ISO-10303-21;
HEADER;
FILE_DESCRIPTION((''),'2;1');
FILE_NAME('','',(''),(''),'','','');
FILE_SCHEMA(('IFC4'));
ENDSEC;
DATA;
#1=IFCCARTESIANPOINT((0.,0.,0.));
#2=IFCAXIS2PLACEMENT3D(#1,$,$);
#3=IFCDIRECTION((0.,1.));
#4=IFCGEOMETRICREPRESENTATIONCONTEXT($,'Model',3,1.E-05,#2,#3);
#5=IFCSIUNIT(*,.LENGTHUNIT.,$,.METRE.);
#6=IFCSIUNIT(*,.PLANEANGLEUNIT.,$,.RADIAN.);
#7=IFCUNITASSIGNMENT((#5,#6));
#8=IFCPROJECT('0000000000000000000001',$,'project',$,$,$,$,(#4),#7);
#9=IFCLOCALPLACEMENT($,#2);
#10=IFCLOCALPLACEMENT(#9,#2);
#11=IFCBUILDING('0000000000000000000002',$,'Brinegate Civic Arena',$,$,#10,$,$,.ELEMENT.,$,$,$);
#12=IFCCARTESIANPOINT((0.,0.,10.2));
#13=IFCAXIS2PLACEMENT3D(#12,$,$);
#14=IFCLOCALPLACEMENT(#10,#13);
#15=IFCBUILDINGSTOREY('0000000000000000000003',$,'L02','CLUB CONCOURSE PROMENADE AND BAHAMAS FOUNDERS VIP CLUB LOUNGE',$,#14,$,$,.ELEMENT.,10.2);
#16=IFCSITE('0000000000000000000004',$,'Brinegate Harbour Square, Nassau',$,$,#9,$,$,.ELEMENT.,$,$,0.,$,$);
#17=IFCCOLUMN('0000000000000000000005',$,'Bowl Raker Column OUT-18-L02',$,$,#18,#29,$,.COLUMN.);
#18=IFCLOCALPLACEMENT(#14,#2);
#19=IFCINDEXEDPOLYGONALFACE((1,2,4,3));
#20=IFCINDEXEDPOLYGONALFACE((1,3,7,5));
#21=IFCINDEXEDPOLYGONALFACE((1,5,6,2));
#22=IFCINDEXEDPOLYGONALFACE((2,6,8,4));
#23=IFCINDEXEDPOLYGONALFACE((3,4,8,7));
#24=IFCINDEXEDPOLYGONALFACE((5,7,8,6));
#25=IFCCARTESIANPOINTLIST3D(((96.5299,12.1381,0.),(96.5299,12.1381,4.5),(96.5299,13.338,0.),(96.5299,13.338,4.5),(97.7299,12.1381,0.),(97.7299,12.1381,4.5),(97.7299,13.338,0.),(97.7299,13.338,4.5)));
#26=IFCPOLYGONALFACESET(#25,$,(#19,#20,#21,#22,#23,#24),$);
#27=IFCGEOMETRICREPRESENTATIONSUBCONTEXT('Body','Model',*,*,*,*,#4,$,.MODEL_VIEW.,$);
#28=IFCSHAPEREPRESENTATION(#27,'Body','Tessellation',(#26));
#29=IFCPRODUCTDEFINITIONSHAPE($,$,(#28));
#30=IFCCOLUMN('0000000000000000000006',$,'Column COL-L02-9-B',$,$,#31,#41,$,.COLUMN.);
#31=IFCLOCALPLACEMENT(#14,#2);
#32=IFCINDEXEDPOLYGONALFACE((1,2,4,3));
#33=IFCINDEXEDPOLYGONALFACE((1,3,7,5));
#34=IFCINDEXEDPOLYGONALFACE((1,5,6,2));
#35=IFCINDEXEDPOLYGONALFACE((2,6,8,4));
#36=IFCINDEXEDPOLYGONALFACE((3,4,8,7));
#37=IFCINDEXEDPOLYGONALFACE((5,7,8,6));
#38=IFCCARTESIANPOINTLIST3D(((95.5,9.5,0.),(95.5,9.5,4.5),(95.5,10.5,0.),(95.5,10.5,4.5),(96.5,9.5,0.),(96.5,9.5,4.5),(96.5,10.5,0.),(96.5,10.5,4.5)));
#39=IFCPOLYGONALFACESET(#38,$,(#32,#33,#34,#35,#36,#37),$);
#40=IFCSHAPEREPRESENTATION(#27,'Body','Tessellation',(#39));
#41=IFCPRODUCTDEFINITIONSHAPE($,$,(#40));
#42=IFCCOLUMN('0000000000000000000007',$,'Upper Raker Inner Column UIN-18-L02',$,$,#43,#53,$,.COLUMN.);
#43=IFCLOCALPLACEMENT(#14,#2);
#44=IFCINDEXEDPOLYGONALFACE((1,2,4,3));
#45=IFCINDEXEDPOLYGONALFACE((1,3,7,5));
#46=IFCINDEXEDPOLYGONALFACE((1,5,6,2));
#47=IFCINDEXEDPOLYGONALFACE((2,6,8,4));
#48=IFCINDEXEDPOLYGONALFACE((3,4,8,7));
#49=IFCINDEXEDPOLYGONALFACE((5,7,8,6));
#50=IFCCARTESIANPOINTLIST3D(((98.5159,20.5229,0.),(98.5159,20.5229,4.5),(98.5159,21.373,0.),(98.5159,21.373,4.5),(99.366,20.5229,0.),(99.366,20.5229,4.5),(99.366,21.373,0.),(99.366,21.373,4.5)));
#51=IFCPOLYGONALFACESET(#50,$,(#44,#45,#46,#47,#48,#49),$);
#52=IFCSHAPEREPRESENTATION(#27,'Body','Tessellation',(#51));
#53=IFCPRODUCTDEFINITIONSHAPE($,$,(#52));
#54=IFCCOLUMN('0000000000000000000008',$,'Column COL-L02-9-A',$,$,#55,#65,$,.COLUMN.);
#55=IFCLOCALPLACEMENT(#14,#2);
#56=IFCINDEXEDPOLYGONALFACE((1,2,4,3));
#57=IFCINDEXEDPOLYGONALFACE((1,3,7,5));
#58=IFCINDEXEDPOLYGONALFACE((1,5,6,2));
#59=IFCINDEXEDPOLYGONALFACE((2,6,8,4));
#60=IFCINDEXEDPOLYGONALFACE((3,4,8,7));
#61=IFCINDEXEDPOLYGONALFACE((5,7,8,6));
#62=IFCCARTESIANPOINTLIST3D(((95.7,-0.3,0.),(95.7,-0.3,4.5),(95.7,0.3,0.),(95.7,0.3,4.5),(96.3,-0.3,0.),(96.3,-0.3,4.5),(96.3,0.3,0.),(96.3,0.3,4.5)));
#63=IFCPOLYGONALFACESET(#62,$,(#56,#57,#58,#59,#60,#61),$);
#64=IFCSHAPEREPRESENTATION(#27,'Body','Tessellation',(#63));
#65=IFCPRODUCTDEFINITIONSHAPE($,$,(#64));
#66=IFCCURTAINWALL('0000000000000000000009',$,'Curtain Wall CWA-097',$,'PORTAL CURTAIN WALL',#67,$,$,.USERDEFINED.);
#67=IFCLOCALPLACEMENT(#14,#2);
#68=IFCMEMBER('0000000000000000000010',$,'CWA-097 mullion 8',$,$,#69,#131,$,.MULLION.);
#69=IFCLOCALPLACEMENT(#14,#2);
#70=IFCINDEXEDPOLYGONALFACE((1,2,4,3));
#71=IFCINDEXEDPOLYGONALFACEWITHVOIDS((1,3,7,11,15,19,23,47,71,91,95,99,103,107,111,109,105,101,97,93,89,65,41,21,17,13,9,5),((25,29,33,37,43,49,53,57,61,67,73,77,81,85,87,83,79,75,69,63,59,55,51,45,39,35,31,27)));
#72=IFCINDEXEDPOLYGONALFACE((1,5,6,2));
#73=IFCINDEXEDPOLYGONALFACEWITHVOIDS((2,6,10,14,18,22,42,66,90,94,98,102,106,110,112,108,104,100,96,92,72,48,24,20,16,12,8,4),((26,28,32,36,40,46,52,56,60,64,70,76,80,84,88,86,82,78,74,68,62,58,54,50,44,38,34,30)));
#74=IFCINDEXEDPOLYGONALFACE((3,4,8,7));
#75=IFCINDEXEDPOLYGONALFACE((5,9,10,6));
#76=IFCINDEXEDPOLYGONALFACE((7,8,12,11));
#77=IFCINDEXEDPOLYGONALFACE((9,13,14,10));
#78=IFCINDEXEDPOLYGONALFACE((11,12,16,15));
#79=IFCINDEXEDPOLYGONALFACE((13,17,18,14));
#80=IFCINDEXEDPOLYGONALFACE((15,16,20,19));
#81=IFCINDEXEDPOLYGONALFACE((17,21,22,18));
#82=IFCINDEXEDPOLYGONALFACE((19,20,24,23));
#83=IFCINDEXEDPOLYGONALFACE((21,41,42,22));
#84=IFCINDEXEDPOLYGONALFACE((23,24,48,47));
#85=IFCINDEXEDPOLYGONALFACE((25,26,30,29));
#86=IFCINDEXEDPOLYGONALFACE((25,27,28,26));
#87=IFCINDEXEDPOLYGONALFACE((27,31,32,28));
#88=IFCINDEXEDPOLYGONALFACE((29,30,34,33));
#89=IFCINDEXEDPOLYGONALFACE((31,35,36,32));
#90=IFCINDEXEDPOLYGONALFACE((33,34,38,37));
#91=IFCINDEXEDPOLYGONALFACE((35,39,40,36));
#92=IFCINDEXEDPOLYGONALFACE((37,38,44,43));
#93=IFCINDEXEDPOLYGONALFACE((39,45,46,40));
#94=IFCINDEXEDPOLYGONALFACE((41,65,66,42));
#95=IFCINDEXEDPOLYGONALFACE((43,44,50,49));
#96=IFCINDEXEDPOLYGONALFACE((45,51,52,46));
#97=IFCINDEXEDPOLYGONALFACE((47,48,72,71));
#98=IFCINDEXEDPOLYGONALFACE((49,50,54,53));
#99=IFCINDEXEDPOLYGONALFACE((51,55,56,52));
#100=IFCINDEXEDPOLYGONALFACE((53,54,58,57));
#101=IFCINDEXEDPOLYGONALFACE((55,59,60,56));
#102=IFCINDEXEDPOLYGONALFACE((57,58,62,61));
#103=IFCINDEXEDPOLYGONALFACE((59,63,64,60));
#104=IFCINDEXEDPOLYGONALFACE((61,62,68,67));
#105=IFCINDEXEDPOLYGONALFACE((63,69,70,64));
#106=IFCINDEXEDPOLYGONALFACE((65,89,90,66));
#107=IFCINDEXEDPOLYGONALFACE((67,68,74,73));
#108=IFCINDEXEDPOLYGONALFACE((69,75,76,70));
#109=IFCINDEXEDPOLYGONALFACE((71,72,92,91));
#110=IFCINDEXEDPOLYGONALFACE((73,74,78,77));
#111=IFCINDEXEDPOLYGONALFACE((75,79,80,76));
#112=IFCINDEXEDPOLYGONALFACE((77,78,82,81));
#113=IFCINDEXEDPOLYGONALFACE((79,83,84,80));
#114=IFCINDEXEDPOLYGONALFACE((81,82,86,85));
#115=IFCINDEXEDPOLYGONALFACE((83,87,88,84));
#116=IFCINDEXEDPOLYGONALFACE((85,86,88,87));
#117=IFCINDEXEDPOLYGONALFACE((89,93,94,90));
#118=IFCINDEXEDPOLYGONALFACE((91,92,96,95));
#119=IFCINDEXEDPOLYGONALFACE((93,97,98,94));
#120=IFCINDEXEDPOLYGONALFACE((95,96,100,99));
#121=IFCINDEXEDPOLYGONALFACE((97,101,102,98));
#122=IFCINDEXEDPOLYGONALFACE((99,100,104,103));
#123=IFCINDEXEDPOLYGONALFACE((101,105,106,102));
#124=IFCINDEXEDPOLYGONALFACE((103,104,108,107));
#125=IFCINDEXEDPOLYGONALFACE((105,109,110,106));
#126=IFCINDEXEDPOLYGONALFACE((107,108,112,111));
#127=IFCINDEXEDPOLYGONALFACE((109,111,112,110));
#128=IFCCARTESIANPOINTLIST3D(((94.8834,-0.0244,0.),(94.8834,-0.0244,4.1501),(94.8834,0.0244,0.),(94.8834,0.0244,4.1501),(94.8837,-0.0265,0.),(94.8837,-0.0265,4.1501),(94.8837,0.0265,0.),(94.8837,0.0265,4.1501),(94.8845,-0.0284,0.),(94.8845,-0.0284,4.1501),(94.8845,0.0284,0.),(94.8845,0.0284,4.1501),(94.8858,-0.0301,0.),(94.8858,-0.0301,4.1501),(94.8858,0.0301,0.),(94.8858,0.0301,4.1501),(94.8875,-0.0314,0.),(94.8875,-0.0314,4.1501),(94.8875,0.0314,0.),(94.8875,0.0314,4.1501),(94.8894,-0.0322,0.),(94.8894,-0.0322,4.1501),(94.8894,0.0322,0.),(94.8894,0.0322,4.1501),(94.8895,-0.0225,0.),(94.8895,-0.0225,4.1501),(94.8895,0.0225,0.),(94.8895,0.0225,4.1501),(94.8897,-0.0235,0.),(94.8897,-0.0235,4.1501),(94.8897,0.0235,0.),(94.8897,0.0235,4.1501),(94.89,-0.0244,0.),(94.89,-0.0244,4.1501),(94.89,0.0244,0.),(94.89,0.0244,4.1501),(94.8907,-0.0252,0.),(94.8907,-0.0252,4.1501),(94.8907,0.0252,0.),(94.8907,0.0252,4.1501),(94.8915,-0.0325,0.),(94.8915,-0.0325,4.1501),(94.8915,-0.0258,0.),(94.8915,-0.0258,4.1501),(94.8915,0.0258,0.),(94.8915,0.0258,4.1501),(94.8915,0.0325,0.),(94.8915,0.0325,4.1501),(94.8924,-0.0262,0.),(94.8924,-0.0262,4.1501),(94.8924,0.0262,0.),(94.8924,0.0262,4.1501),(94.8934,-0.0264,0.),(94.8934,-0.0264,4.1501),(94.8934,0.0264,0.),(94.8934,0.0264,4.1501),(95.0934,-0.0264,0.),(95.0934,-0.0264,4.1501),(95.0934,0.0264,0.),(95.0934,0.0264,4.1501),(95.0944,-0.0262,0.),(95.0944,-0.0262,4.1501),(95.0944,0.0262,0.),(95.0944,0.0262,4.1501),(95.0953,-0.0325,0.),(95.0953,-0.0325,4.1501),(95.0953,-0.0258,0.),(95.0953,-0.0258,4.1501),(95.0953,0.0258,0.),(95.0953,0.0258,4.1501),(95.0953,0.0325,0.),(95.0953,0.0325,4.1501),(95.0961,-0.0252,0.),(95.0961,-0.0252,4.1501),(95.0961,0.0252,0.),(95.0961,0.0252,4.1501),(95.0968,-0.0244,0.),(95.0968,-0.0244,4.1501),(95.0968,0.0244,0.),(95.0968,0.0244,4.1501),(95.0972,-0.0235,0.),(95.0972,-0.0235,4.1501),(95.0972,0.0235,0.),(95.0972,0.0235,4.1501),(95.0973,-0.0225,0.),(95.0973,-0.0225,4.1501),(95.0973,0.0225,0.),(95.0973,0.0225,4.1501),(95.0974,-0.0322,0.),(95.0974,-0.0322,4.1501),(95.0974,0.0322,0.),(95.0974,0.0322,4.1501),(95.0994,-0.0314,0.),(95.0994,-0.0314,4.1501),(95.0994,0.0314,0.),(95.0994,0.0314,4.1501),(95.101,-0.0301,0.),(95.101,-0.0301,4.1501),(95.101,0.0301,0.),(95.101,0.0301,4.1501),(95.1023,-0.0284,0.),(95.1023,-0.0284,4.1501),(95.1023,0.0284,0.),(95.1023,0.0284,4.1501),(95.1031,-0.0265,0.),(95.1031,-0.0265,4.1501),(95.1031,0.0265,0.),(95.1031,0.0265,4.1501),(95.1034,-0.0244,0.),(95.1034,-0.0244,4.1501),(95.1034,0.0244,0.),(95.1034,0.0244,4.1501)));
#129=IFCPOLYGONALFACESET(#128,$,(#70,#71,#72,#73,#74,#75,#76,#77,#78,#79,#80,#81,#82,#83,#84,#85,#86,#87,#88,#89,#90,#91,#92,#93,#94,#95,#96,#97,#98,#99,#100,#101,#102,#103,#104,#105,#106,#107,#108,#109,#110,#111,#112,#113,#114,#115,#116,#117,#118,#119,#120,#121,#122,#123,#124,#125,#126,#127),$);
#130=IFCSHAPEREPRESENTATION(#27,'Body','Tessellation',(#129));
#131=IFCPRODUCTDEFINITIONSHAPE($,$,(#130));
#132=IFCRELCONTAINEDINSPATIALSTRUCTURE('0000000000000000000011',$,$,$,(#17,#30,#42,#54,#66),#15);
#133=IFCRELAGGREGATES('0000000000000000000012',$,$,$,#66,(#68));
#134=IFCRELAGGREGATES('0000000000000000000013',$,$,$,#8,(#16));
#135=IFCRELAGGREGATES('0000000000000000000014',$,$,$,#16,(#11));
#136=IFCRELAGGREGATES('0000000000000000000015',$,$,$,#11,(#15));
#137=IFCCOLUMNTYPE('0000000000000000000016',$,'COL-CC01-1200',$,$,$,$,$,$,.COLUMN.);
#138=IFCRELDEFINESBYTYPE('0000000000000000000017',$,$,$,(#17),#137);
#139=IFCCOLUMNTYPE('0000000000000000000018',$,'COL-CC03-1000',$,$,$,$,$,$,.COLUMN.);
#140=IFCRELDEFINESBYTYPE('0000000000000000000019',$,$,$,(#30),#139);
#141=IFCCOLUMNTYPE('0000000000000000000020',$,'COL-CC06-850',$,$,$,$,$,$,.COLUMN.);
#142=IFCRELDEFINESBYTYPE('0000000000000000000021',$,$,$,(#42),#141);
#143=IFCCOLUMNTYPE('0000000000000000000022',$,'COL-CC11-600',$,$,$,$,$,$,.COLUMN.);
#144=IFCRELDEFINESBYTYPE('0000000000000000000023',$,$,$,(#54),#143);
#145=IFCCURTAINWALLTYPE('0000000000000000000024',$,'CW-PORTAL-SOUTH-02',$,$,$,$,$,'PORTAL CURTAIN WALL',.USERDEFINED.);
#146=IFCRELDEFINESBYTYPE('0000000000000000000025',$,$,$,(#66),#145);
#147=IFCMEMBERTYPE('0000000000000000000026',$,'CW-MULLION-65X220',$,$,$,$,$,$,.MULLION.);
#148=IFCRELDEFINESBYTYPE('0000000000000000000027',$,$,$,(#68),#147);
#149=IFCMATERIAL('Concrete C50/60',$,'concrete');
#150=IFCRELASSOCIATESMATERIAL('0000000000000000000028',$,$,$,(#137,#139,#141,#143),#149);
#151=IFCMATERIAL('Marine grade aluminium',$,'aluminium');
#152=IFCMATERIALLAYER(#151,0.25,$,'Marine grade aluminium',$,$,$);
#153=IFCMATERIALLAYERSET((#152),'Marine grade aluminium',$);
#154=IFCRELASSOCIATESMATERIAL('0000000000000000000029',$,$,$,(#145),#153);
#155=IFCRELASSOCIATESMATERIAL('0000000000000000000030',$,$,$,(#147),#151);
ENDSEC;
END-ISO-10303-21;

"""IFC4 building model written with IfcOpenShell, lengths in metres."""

from ifc_helpers import new_model, si_unit, direction, frame, origin, origin_2d, place, context, subcontext, project, spatial, rectangle, hollow_rectangle, extrude, material, layer, layer_set, material_profile, profile_set, type_object, element, aggregate, save


model = new_model("IFC4")

# Units and contexts
model_context = context("Model", 3, precision=1e-05, world=origin(), true_north=direction((0.0, 1.0)))
body_context = subcontext(model_context, "Body", "Model", "MODEL_VIEW")
ifc_project = project(units=[si_unit("LENGTHUNIT", "METRE"), si_unit("PLANEANGLEUNIT", "RADIAN")], contexts=[model_context])

# Site, building, storey
site_placement = place(None, origin())
site = spatial("IfcSite", under=ifc_project, at=site_placement, Name="Brinegate Harbour Square, Nassau", CompositionType="ELEMENT", RefElevation=0.0)
building_placement = place(site_placement, origin())
building = spatial("IfcBuilding", under=site, at=building_placement, Name="Brinegate Civic Arena", CompositionType="ELEMENT")
storey_placement = place(building_placement, frame((0.0, 0.0, 10.2)))
storey = spatial("IfcBuildingStorey", under=building, at=storey_placement, Name="L02", Description="CLUB CONCOURSE PROMENADE AND BAHAMAS FOUNDERS VIP CLUB LOUNGE", CompositionType="ELEMENT", Elevation=10.2)

# Columns
ifc_material_1 = material(Name="Concrete C50/60", Category="concrete")
ifc_material_profile_1 = material_profile(ifc_material_1, rectangle(XDim=1.2, YDim=1.2, at=origin_2d()), Name="RC1200X1200")
ifc_profile_set_1 = profile_set([ifc_material_profile_1], Name="Concrete C50/60")
column_type_1 = type_object("IfcColumnType", Name="COL-CC01-1200", PredefinedType="COLUMN", material=ifc_profile_set_1)
column_1_placement = place(storey_placement, frame((97.1299, 12.738, 0.0), z_axis=(0.0, 0.0, 1.0), x_axis=(1.0, 0.0, 0.0)))
element("IfcColumn", 1, at=column_1_placement, inside=storey, type_object=column_type_1, Name="Bowl Raker Column OUT-18-L02", PredefinedType="COLUMN", context=body_context, shape_type="SweptSolid", body=[
    extrude(rectangle(XDim=1.2, YDim=1.2, at=origin_2d()), origin(), (0.0, 0.0, 1.0), 4.5),
])
ifc_material_profile_2 = material_profile(ifc_material_1, rectangle(XDim=1.0, YDim=1.0, at=origin_2d()), Name="RC1000X1000")
ifc_profile_set_2 = profile_set([ifc_material_profile_2], Name="Concrete C50/60")
column_type_2 = type_object("IfcColumnType", Name="COL-CC03-1000", PredefinedType="COLUMN", material=ifc_profile_set_2)
column_2_placement = place(storey_placement, frame((96.0, 10.0, 0.0), z_axis=(0.0, 0.0, 1.0), x_axis=(1.0, 0.0, 0.0)))
element("IfcColumn", 2, at=column_2_placement, inside=storey, type_object=column_type_2, Name="Column COL-L02-9-B", PredefinedType="COLUMN", context=body_context, shape_type="SweptSolid", body=[
    extrude(rectangle(XDim=1.0, YDim=1.0, at=origin_2d()), origin(), (0.0, 0.0, 1.0), 4.5),
])
ifc_material_profile_3 = material_profile(ifc_material_1, rectangle(XDim=0.8501, YDim=0.8501, at=origin_2d()), Name="RC850X850")
ifc_profile_set_3 = profile_set([ifc_material_profile_3], Name="Concrete C50/60")
column_type_3 = type_object("IfcColumnType", Name="COL-CC06-850", PredefinedType="COLUMN", material=ifc_profile_set_3)
column_3_placement = place(storey_placement, frame((98.9409, 20.948, 0.0), z_axis=(0.0, 0.0, 1.0), x_axis=(1.0, 0.0, 0.0)))
element("IfcColumn", 3, at=column_3_placement, inside=storey, type_object=column_type_3, Name="Upper Raker Inner Column UIN-18-L02", PredefinedType="COLUMN", context=body_context, shape_type="SweptSolid", body=[
    extrude(rectangle(XDim=0.8501, YDim=0.8501, at=origin_2d()), origin(), (0.0, 0.0, 1.0), 4.5),
])
ifc_material_profile_4 = material_profile(ifc_material_1, rectangle(XDim=0.6001, YDim=0.6001, at=origin_2d()), Name="RC600X600")
ifc_profile_set_4 = profile_set([ifc_material_profile_4], Name="Concrete C50/60")
column_type_4 = type_object("IfcColumnType", Name="COL-CC11-600", PredefinedType="COLUMN", material=ifc_profile_set_4)
column_4_placement = place(storey_placement, frame((96.0, 0.0, 0.0), z_axis=(0.0, 0.0, 1.0), x_axis=(1.0, 0.0, 0.0)))
element("IfcColumn", 4, at=column_4_placement, inside=storey, type_object=column_type_4, Name="Column COL-L02-9-A", PredefinedType="COLUMN", context=body_context, shape_type="SweptSolid", body=[
    extrude(rectangle(XDim=0.6001, YDim=0.6001, at=origin_2d()), origin(), (0.0, 0.0, 1.0), 4.5),
])

# Curtain wall, member
ifc_material_2 = material(Name="Marine grade aluminium", Category="aluminium")
ifc_layer_1 = layer(ifc_material_2, 0.25, Name="Marine grade aluminium")
ifc_layer_set_1 = layer_set([ifc_layer_1], Name="Marine grade aluminium")
curtain_wall_type = type_object("IfcCurtainWallType", Name="CW-PORTAL-SOUTH-02", ElementType="PORTAL CURTAIN WALL", PredefinedType="USERDEFINED", material=ifc_layer_set_1)
curtain_wall_1_placement = place(storey_placement, origin())
curtain_wall_1 = element("IfcCurtainWall", 5, at=curtain_wall_1_placement, inside=storey, type_object=curtain_wall_type, Name="Curtain Wall CWA-097", ObjectType="PORTAL CURTAIN WALL", PredefinedType="USERDEFINED")
ifc_material_profile_5 = material_profile(ifc_material_2, hollow_rectangle(XDim=0.0649, YDim=0.22, WallThickness=0.0061, InnerFilletRadius=0.0039, OuterFilletRadius=0.0081, at=origin_2d()), Name="MUL65X220")
ifc_profile_set_5 = profile_set([ifc_material_profile_5], Name="Marine grade aluminium")
member_type_1 = type_object("IfcMemberType", Name="CW-MULLION-65X220", PredefinedType="MULLION", material=ifc_profile_set_5)
member_1_placement = place(storey_placement, frame((94.9934, 0.0, 0.0), z_axis=(0.0, 0.0, 1.0), x_axis=(0.0, 1.0, 0.0)))
member_1 = element("IfcMember", 6, at=member_1_placement, type_object=member_type_1, Name="CWA-097 mullion 8", PredefinedType="MULLION", context=body_context, shape_type="SweptSolid", body=[
    extrude(hollow_rectangle(XDim=0.0649, YDim=0.22, WallThickness=0.0061, InnerFilletRadius=0.0039, OuterFilletRadius=0.0081, at=origin_2d()), origin(), (0.0, 0.0, 1.0), 4.1501),
])
aggregate(curtain_wall_1, [member_1])

save(model, "model.ifc")
